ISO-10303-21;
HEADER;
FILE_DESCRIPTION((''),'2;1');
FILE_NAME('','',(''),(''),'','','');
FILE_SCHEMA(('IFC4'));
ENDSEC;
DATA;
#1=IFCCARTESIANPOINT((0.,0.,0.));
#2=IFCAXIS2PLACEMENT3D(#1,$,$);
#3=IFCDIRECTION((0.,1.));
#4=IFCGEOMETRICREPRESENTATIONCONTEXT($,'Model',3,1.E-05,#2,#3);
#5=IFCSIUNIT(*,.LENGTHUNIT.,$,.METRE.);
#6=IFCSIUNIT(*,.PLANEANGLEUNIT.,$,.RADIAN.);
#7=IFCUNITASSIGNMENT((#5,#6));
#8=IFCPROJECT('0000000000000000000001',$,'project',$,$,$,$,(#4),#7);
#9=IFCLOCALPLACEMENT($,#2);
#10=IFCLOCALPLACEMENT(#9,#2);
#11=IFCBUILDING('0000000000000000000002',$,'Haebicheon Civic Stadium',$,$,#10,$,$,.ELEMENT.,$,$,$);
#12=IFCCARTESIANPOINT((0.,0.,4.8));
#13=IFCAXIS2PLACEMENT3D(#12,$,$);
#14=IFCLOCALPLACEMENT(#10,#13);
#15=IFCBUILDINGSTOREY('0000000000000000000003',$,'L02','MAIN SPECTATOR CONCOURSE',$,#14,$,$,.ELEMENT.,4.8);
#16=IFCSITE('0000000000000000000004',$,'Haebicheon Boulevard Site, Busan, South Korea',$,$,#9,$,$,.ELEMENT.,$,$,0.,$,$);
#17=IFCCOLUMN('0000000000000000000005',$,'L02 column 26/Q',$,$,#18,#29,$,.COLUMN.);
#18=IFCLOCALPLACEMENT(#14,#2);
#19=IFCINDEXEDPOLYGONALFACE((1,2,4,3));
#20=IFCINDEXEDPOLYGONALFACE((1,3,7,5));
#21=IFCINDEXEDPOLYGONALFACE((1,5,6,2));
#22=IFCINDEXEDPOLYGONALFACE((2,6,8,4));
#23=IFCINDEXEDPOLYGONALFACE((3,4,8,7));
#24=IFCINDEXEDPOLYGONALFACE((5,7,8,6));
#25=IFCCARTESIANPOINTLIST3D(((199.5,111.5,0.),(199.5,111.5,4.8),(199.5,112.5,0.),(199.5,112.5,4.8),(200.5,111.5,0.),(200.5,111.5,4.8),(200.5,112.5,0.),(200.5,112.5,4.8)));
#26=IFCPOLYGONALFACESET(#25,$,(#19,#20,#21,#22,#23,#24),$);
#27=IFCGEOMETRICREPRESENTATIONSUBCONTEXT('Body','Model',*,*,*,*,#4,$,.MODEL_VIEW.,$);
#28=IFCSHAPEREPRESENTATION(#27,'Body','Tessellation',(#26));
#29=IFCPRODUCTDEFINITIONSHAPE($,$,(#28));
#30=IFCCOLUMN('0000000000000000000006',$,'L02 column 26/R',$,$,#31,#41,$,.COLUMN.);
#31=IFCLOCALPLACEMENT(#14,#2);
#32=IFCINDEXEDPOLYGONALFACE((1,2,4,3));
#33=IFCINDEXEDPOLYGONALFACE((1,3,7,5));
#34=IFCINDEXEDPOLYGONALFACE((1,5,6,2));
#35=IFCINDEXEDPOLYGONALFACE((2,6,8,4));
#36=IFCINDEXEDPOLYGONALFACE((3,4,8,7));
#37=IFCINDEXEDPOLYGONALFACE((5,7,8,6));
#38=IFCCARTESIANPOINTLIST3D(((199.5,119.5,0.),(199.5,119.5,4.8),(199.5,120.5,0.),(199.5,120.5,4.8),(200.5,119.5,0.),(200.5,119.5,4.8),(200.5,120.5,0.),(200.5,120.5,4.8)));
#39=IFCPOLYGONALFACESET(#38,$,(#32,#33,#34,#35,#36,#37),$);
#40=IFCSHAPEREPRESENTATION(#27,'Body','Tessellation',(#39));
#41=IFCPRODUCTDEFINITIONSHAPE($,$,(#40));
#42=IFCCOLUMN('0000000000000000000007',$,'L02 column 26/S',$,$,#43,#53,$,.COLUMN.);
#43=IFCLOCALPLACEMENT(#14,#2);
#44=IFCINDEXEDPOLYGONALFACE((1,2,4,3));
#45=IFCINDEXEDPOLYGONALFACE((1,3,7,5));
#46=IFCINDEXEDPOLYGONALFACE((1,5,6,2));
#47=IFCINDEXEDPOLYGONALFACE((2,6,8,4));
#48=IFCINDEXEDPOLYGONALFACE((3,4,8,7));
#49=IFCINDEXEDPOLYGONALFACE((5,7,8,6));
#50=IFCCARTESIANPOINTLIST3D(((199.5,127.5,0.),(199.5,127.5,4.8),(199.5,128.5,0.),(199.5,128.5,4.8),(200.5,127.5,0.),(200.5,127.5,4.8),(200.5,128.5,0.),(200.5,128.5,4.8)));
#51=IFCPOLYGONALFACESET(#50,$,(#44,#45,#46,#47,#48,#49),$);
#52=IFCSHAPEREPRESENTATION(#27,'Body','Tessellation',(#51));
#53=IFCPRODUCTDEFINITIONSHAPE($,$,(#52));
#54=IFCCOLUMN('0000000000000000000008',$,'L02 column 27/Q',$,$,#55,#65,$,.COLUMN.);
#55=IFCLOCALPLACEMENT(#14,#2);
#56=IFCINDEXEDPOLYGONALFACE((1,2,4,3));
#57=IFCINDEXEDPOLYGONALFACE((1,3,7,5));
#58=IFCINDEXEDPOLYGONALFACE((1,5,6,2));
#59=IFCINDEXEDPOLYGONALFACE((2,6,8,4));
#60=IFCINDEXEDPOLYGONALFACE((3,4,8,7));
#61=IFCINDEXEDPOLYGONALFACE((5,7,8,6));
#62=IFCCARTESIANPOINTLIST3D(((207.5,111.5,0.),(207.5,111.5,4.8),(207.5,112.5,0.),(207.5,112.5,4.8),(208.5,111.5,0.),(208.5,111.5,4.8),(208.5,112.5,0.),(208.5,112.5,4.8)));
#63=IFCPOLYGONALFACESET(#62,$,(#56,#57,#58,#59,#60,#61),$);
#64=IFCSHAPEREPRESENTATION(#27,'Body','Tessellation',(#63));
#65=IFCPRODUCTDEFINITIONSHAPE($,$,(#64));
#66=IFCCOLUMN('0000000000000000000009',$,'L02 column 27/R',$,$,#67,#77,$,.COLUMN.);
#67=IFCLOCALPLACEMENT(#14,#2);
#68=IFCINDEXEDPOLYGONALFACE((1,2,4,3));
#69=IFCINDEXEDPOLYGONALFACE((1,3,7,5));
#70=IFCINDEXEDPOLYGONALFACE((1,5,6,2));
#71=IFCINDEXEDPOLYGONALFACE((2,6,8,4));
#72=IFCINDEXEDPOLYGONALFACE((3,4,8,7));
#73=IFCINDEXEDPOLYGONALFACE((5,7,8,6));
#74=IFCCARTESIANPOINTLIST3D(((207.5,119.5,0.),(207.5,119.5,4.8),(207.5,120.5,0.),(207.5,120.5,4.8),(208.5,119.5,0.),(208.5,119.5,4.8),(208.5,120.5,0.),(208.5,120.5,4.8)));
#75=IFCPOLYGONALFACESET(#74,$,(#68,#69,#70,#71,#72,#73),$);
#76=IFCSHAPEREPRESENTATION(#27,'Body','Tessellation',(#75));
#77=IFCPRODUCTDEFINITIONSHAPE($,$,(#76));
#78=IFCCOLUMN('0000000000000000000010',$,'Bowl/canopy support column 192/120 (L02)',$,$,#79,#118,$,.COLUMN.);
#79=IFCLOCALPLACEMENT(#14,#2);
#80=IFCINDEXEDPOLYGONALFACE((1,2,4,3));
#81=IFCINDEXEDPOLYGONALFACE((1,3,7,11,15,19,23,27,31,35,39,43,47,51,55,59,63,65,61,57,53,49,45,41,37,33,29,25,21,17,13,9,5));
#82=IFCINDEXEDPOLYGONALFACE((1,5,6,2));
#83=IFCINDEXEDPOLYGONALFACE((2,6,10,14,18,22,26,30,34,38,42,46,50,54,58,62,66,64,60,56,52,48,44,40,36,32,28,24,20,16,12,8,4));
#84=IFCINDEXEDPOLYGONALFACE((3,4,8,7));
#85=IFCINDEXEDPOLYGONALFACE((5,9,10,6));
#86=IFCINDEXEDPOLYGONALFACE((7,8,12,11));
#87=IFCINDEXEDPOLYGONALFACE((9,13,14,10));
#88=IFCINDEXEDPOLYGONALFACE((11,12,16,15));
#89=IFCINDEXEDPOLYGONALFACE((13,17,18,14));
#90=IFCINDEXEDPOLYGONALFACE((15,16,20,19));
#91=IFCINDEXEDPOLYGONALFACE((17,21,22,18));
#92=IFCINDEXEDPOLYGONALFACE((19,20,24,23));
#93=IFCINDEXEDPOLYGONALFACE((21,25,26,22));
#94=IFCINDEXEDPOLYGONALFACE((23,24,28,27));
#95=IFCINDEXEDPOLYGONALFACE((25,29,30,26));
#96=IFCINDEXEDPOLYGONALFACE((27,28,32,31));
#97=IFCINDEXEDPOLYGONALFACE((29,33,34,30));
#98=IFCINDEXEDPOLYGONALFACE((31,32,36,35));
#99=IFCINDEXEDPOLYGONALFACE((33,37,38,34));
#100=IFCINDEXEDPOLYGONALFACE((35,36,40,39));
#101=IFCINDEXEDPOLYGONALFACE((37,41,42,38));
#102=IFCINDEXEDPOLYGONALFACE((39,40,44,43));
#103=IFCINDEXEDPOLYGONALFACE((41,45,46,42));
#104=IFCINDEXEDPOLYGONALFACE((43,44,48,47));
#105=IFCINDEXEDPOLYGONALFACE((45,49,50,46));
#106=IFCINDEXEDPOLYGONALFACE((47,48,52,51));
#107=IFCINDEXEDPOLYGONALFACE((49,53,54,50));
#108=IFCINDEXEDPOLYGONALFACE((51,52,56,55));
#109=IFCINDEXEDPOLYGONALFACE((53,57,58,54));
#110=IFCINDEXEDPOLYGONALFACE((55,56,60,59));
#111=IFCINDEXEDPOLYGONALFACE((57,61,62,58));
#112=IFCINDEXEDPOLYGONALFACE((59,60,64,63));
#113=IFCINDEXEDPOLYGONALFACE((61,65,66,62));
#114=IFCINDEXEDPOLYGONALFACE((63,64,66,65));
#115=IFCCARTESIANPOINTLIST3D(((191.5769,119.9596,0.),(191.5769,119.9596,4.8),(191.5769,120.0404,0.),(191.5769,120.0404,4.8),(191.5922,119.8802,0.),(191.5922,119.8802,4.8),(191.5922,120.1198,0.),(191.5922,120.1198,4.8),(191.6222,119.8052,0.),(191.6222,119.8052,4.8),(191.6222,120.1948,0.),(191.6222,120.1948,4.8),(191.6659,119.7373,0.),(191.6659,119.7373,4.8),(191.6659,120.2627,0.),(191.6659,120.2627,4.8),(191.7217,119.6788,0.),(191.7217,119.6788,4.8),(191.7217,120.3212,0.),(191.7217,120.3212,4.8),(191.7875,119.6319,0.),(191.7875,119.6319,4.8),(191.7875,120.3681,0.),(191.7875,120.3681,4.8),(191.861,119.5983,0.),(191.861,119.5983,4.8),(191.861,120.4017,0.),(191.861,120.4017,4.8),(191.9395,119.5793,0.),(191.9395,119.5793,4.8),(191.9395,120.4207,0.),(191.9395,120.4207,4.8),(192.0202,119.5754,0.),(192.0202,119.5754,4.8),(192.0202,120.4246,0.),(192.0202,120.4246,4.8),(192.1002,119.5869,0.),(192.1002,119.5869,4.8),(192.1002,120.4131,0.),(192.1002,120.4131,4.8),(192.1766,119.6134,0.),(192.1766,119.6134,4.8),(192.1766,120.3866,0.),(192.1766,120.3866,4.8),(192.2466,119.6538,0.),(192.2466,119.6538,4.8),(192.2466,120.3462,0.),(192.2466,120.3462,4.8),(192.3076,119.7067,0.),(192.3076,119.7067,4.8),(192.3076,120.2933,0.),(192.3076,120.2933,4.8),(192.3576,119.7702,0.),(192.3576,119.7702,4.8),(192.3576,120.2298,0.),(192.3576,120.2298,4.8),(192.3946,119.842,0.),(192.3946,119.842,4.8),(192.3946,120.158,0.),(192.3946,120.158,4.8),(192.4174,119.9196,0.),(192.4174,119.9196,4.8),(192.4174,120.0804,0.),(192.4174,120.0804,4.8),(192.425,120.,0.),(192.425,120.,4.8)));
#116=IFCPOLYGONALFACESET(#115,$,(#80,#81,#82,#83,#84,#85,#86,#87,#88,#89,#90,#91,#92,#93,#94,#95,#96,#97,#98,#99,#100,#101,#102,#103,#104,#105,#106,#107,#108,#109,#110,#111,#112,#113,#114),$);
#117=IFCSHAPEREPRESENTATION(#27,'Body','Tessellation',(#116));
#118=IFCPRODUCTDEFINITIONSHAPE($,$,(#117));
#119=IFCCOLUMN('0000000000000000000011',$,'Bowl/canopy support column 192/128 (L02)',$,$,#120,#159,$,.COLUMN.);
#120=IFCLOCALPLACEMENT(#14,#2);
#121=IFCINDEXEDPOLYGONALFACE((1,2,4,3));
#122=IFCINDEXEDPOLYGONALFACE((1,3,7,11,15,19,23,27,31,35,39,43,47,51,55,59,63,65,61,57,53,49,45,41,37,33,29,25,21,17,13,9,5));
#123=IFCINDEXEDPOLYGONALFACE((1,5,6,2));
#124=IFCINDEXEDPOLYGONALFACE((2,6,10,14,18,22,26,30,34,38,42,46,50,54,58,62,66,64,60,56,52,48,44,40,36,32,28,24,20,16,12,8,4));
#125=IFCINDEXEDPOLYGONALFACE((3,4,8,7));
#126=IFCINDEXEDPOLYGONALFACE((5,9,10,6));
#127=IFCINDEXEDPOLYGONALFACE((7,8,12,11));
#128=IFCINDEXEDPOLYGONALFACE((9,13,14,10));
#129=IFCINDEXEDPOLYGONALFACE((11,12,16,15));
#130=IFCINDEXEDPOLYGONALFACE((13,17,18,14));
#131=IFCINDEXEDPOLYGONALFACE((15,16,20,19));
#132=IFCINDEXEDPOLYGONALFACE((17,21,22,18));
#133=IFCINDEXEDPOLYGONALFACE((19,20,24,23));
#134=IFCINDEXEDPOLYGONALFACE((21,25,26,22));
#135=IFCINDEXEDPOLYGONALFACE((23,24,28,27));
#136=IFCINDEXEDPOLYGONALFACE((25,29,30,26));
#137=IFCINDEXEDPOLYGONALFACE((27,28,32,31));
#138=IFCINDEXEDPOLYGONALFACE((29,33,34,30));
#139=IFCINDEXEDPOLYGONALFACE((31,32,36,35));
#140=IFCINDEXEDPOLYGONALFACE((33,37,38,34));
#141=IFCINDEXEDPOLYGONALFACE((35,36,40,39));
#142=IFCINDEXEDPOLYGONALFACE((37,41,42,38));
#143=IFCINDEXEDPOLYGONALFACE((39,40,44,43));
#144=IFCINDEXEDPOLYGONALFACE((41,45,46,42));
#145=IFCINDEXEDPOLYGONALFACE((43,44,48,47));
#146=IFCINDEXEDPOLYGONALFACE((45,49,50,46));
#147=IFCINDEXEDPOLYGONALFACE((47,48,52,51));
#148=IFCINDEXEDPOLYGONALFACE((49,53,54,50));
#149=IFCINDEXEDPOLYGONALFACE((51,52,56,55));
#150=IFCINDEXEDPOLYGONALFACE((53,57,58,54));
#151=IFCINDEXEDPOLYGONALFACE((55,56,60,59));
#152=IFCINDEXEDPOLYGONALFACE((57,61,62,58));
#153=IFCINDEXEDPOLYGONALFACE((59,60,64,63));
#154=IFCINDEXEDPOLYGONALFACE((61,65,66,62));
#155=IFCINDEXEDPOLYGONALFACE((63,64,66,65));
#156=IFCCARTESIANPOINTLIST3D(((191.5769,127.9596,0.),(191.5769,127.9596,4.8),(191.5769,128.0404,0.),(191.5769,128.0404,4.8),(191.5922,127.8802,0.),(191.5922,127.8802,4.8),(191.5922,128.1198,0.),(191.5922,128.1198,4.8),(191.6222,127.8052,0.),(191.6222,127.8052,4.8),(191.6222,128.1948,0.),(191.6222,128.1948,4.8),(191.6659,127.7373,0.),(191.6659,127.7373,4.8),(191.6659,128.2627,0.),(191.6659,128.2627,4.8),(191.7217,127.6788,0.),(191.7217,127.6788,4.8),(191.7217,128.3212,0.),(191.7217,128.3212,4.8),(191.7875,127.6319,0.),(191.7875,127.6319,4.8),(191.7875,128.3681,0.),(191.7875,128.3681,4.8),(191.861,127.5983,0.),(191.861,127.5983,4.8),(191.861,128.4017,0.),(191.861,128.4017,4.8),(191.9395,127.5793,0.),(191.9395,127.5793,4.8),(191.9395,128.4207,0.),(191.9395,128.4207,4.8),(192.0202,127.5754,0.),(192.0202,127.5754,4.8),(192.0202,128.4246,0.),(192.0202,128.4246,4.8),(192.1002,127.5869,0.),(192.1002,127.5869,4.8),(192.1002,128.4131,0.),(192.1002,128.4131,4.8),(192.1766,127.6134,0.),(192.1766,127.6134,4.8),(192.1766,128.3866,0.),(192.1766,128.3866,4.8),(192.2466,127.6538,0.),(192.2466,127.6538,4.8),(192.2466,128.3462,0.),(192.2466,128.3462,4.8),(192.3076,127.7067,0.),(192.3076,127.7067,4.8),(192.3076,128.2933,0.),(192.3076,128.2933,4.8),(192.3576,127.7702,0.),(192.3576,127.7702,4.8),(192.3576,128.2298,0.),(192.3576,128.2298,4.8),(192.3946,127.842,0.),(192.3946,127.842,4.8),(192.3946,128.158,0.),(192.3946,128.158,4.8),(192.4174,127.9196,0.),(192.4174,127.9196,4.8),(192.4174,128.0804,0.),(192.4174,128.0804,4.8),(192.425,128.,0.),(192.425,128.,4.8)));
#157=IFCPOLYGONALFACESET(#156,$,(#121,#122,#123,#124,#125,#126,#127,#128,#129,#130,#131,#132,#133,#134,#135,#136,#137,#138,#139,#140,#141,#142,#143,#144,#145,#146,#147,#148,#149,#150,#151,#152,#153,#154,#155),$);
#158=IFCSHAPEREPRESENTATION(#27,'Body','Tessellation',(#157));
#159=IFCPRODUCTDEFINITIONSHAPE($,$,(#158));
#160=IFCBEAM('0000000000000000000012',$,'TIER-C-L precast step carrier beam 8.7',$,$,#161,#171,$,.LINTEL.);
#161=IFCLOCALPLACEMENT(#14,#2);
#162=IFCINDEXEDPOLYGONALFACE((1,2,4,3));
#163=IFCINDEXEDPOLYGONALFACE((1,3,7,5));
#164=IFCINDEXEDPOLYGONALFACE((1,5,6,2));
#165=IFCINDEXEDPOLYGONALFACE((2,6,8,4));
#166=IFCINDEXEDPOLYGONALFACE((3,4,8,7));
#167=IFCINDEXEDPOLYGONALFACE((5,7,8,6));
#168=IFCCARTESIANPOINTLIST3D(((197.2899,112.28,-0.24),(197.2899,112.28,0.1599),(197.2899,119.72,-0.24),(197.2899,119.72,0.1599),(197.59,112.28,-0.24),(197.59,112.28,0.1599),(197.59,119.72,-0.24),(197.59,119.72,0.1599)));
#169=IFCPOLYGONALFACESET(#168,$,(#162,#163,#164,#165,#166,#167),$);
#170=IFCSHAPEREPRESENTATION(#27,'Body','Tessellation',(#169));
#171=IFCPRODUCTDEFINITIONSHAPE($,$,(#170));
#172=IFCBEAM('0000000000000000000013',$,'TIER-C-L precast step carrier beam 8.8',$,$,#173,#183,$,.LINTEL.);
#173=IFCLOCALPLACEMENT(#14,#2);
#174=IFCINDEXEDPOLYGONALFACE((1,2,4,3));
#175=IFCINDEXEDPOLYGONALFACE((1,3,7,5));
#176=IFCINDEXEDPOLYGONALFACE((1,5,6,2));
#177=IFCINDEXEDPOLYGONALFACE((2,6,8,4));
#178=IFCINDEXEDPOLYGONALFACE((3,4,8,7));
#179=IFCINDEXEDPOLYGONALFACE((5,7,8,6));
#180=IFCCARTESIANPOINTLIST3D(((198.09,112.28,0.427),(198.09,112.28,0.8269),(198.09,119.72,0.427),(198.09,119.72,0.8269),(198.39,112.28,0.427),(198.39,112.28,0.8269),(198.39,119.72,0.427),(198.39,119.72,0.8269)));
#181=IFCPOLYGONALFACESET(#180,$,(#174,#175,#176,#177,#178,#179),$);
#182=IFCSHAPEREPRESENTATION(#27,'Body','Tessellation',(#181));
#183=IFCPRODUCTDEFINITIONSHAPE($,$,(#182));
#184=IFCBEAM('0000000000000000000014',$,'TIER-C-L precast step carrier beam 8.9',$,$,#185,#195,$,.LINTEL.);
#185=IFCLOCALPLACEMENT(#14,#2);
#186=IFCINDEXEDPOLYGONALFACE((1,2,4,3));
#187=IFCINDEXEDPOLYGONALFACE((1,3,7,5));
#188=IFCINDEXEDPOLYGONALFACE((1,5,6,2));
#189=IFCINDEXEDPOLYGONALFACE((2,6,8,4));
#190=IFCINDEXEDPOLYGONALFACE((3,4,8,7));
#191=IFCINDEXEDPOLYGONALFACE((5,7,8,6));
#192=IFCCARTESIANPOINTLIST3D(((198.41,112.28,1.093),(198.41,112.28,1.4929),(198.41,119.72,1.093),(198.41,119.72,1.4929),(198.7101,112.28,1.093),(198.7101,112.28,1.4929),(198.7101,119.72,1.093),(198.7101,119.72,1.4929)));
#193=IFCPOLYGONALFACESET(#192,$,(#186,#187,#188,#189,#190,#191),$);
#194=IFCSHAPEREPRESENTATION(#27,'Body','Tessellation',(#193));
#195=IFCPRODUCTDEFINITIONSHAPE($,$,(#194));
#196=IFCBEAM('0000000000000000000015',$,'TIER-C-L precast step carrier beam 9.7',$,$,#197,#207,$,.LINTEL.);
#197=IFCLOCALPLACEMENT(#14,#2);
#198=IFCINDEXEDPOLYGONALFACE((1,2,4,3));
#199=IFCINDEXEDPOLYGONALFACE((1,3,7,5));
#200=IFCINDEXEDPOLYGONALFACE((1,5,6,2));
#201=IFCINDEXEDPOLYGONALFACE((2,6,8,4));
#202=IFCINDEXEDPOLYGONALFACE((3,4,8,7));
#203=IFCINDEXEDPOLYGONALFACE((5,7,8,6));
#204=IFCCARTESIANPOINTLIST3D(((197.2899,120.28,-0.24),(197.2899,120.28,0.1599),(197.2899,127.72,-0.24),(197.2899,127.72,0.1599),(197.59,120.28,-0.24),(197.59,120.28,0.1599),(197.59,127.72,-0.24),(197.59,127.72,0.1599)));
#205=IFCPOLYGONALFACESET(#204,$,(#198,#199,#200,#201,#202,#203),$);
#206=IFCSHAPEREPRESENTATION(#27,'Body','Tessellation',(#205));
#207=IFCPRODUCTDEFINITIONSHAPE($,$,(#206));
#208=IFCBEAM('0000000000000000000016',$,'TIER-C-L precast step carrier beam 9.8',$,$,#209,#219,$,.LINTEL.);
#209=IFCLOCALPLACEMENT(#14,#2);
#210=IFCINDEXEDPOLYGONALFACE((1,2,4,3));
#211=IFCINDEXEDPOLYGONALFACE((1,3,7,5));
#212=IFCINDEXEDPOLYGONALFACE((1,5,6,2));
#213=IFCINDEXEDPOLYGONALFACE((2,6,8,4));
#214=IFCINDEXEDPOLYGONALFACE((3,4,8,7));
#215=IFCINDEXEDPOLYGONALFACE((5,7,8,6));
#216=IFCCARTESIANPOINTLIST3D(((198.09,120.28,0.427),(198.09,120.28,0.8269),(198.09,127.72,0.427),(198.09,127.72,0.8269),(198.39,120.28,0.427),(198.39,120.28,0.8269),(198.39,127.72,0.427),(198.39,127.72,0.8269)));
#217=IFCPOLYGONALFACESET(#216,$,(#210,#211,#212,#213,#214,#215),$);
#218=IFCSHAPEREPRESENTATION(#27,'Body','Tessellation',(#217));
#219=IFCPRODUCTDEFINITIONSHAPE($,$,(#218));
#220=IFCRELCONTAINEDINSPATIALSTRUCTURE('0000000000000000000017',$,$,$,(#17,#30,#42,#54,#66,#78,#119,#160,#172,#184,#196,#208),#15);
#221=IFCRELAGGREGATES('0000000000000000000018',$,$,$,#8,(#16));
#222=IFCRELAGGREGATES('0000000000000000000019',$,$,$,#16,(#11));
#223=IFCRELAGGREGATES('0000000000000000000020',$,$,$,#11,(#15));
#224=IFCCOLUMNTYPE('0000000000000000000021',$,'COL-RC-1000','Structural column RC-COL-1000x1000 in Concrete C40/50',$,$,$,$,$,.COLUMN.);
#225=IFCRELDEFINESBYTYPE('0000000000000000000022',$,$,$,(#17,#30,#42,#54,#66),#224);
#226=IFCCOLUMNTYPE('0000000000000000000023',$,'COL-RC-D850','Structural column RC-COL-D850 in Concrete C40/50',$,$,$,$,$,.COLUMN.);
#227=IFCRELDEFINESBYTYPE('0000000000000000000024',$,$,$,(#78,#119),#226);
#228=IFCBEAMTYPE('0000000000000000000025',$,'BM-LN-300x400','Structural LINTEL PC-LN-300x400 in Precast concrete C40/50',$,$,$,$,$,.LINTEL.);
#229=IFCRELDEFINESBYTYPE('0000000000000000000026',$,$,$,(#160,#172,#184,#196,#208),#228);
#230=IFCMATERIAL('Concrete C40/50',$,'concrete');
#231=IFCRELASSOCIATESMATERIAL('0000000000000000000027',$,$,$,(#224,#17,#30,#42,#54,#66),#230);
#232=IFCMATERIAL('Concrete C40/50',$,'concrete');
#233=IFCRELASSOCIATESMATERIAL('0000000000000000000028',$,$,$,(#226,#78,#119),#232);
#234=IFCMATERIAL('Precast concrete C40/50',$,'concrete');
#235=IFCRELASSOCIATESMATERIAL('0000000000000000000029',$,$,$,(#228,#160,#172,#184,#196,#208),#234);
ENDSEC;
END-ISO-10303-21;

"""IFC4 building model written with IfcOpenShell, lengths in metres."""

from ifc_helpers import new_model, si_unit, direction, frame, origin, origin_2d, place, context, subcontext, project, spatial, rectangle, circle, extrude, material, material_profile, profile_set, type_object, element, save


model = new_model("IFC4")

# Units and contexts
model_context = context("Model", 3, precision=1e-05, world=origin(), true_north=direction((0.0, 1.0)))
body_context = subcontext(model_context, "Body", "Model", "MODEL_VIEW")
ifc_project = project(units=[si_unit("LENGTHUNIT", "METRE"), si_unit("PLANEANGLEUNIT", "RADIAN")], contexts=[model_context])

# Site, building, storey
site_placement = place(None, origin())
site = spatial("IfcSite", under=ifc_project, at=site_placement, Name="Haebicheon Boulevard Site, Busan, South Korea", CompositionType="ELEMENT", RefElevation=0.0)
building_placement = place(site_placement, origin())
building = spatial("IfcBuilding", under=site, at=building_placement, Name="Haebicheon Civic Stadium", CompositionType="ELEMENT")
storey_placement = place(building_placement, frame((0.0, 0.0, 4.8)))
storey = spatial("IfcBuildingStorey", under=building, at=storey_placement, Name="L02", Description="MAIN SPECTATOR CONCOURSE", CompositionType="ELEMENT", Elevation=4.8)

# Columns
ifc_material_1 = material(Name="Concrete C40/50", Category="concrete")
ifc_material_profile_1 = material_profile(ifc_material_1, rectangle(XDim=1.0, YDim=1.0, at=origin_2d()), Name="RC-COL-1000x1000")
ifc_profile_set_1 = profile_set([ifc_material_profile_1], Name="Concrete C40/50")
column_type_1 = type_object("IfcColumnType", Name="COL-RC-1000", Description="Structural column RC-COL-1000x1000 in Concrete C40/50", PredefinedType="COLUMN", material=ifc_profile_set_1)
for number, where, z_axis, x_axis, name in (
    (1, (200.0, 112.0, 0.0), (0.0, 0.0, 1.0), (1.0, 0.0, 0.0), "L02 column 26/Q"),
    (2, (200.0, 120.0, 0.0), (0.0, 0.0, 1.0), (1.0, 0.0, 0.0), "L02 column 26/R"),
    (3, (200.0, 128.0, 0.0), (0.0, 0.0, 1.0), (1.0, 0.0, 0.0), "L02 column 26/S"),
    (4, (208.0, 112.0, 0.0), (0.0, 0.0, 1.0), (1.0, 0.0, 0.0), "L02 column 27/Q"),
    (5, (208.0, 120.0, 0.0), (0.0, 0.0, 1.0), (1.0, 0.0, 0.0), "L02 column 27/R"),
):
    element("IfcColumn", number, at=place(storey_placement, frame(where, z_axis=z_axis, x_axis=x_axis)), inside=storey, type_object=column_type_1, material=ifc_profile_set_1, Name=name, PredefinedType="COLUMN", context=body_context, shape_type="SweptSolid", body=[
        extrude(rectangle(XDim=1.0, YDim=1.0, at=origin_2d()), origin(), (0.0, 0.0, 1.0), 4.8),
    ])
ifc_material_2 = material(Name="Concrete C40/50", Category="concrete")
ifc_material_profile_2 = material_profile(ifc_material_2, circle(Radius=0.425, at=origin_2d()), Name="RC-COL-D850")
ifc_profile_set_2 = profile_set([ifc_material_profile_2], Name="Concrete C40/50")
column_type_2 = type_object("IfcColumnType", Name="COL-RC-D850", Description="Structural column RC-COL-D850 in Concrete C40/50", PredefinedType="COLUMN", material=ifc_profile_set_2)
for number, where, z_axis, x_axis, name in (
    (6, (192.0, 120.0, 0.0), (0.0, 0.0, 1.0), (1.0, 0.0, 0.0), "Bowl/canopy support column 192/120 (L02)"),
    (7, (192.0, 128.0, 0.0), (0.0, 0.0, 1.0), (1.0, 0.0, 0.0), "Bowl/canopy support column 192/128 (L02)"),
):
    element("IfcColumn", number, at=place(storey_placement, frame(where, z_axis=z_axis, x_axis=x_axis)), inside=storey, type_object=column_type_2, material=ifc_profile_set_2, Name=name, PredefinedType="COLUMN", context=body_context, shape_type="SweptSolid", body=[
        extrude(circle(Radius=0.425, at=origin_2d()), origin(), (0.0, 0.0, 1.0), 4.8),
    ])

# Beams
ifc_material_3 = material(Name="Precast concrete C40/50", Category="concrete")
ifc_material_profile_3 = material_profile(ifc_material_3, rectangle(XDim=0.3, YDim=0.3999, at=origin_2d()), Name="PC-LN-300x400")
ifc_profile_set_3 = profile_set([ifc_material_profile_3], Name="Precast concrete C40/50")
beam_type_1 = type_object("IfcBeamType", Name="BM-LN-300x400", Description="Structural LINTEL PC-LN-300x400 in Precast concrete C40/50", PredefinedType="LINTEL", material=ifc_profile_set_3)
for number, where, z_axis, x_axis, name in (
    (8, (197.4399, 112.28, -0.04), (0.0, 1.0, 0.0), (-1.0, 0.0, 0.0), "TIER-C-L precast step carrier beam 8.7"),
    (9, (198.24, 112.28, 0.627), (0.0, 1.0, 0.0), (-1.0, 0.0, 0.0), "TIER-C-L precast step carrier beam 8.8"),
    (10, (198.5601, 112.28, 1.293), (0.0, 1.0, 0.0), (-1.0, 0.0, 0.0), "TIER-C-L precast step carrier beam 8.9"),
    (11, (197.4399, 120.28, -0.04), (0.0, 1.0, 0.0), (-1.0, 0.0, 0.0), "TIER-C-L precast step carrier beam 9.7"),
    (12, (198.24, 120.28, 0.627), (0.0, 1.0, 0.0), (-1.0, 0.0, 0.0), "TIER-C-L precast step carrier beam 9.8"),
):
    element("IfcBeam", number, at=place(storey_placement, frame(where, z_axis=z_axis, x_axis=x_axis)), inside=storey, type_object=beam_type_1, material=ifc_profile_set_3, Name=name, PredefinedType="LINTEL", context=body_context, shape_type="SweptSolid", body=[
        extrude(rectangle(XDim=0.3, YDim=0.3999, at=origin_2d()), origin(), (0.0, 0.0, 1.0), 7.4399),
    ])

save(model, "model.ifc")
